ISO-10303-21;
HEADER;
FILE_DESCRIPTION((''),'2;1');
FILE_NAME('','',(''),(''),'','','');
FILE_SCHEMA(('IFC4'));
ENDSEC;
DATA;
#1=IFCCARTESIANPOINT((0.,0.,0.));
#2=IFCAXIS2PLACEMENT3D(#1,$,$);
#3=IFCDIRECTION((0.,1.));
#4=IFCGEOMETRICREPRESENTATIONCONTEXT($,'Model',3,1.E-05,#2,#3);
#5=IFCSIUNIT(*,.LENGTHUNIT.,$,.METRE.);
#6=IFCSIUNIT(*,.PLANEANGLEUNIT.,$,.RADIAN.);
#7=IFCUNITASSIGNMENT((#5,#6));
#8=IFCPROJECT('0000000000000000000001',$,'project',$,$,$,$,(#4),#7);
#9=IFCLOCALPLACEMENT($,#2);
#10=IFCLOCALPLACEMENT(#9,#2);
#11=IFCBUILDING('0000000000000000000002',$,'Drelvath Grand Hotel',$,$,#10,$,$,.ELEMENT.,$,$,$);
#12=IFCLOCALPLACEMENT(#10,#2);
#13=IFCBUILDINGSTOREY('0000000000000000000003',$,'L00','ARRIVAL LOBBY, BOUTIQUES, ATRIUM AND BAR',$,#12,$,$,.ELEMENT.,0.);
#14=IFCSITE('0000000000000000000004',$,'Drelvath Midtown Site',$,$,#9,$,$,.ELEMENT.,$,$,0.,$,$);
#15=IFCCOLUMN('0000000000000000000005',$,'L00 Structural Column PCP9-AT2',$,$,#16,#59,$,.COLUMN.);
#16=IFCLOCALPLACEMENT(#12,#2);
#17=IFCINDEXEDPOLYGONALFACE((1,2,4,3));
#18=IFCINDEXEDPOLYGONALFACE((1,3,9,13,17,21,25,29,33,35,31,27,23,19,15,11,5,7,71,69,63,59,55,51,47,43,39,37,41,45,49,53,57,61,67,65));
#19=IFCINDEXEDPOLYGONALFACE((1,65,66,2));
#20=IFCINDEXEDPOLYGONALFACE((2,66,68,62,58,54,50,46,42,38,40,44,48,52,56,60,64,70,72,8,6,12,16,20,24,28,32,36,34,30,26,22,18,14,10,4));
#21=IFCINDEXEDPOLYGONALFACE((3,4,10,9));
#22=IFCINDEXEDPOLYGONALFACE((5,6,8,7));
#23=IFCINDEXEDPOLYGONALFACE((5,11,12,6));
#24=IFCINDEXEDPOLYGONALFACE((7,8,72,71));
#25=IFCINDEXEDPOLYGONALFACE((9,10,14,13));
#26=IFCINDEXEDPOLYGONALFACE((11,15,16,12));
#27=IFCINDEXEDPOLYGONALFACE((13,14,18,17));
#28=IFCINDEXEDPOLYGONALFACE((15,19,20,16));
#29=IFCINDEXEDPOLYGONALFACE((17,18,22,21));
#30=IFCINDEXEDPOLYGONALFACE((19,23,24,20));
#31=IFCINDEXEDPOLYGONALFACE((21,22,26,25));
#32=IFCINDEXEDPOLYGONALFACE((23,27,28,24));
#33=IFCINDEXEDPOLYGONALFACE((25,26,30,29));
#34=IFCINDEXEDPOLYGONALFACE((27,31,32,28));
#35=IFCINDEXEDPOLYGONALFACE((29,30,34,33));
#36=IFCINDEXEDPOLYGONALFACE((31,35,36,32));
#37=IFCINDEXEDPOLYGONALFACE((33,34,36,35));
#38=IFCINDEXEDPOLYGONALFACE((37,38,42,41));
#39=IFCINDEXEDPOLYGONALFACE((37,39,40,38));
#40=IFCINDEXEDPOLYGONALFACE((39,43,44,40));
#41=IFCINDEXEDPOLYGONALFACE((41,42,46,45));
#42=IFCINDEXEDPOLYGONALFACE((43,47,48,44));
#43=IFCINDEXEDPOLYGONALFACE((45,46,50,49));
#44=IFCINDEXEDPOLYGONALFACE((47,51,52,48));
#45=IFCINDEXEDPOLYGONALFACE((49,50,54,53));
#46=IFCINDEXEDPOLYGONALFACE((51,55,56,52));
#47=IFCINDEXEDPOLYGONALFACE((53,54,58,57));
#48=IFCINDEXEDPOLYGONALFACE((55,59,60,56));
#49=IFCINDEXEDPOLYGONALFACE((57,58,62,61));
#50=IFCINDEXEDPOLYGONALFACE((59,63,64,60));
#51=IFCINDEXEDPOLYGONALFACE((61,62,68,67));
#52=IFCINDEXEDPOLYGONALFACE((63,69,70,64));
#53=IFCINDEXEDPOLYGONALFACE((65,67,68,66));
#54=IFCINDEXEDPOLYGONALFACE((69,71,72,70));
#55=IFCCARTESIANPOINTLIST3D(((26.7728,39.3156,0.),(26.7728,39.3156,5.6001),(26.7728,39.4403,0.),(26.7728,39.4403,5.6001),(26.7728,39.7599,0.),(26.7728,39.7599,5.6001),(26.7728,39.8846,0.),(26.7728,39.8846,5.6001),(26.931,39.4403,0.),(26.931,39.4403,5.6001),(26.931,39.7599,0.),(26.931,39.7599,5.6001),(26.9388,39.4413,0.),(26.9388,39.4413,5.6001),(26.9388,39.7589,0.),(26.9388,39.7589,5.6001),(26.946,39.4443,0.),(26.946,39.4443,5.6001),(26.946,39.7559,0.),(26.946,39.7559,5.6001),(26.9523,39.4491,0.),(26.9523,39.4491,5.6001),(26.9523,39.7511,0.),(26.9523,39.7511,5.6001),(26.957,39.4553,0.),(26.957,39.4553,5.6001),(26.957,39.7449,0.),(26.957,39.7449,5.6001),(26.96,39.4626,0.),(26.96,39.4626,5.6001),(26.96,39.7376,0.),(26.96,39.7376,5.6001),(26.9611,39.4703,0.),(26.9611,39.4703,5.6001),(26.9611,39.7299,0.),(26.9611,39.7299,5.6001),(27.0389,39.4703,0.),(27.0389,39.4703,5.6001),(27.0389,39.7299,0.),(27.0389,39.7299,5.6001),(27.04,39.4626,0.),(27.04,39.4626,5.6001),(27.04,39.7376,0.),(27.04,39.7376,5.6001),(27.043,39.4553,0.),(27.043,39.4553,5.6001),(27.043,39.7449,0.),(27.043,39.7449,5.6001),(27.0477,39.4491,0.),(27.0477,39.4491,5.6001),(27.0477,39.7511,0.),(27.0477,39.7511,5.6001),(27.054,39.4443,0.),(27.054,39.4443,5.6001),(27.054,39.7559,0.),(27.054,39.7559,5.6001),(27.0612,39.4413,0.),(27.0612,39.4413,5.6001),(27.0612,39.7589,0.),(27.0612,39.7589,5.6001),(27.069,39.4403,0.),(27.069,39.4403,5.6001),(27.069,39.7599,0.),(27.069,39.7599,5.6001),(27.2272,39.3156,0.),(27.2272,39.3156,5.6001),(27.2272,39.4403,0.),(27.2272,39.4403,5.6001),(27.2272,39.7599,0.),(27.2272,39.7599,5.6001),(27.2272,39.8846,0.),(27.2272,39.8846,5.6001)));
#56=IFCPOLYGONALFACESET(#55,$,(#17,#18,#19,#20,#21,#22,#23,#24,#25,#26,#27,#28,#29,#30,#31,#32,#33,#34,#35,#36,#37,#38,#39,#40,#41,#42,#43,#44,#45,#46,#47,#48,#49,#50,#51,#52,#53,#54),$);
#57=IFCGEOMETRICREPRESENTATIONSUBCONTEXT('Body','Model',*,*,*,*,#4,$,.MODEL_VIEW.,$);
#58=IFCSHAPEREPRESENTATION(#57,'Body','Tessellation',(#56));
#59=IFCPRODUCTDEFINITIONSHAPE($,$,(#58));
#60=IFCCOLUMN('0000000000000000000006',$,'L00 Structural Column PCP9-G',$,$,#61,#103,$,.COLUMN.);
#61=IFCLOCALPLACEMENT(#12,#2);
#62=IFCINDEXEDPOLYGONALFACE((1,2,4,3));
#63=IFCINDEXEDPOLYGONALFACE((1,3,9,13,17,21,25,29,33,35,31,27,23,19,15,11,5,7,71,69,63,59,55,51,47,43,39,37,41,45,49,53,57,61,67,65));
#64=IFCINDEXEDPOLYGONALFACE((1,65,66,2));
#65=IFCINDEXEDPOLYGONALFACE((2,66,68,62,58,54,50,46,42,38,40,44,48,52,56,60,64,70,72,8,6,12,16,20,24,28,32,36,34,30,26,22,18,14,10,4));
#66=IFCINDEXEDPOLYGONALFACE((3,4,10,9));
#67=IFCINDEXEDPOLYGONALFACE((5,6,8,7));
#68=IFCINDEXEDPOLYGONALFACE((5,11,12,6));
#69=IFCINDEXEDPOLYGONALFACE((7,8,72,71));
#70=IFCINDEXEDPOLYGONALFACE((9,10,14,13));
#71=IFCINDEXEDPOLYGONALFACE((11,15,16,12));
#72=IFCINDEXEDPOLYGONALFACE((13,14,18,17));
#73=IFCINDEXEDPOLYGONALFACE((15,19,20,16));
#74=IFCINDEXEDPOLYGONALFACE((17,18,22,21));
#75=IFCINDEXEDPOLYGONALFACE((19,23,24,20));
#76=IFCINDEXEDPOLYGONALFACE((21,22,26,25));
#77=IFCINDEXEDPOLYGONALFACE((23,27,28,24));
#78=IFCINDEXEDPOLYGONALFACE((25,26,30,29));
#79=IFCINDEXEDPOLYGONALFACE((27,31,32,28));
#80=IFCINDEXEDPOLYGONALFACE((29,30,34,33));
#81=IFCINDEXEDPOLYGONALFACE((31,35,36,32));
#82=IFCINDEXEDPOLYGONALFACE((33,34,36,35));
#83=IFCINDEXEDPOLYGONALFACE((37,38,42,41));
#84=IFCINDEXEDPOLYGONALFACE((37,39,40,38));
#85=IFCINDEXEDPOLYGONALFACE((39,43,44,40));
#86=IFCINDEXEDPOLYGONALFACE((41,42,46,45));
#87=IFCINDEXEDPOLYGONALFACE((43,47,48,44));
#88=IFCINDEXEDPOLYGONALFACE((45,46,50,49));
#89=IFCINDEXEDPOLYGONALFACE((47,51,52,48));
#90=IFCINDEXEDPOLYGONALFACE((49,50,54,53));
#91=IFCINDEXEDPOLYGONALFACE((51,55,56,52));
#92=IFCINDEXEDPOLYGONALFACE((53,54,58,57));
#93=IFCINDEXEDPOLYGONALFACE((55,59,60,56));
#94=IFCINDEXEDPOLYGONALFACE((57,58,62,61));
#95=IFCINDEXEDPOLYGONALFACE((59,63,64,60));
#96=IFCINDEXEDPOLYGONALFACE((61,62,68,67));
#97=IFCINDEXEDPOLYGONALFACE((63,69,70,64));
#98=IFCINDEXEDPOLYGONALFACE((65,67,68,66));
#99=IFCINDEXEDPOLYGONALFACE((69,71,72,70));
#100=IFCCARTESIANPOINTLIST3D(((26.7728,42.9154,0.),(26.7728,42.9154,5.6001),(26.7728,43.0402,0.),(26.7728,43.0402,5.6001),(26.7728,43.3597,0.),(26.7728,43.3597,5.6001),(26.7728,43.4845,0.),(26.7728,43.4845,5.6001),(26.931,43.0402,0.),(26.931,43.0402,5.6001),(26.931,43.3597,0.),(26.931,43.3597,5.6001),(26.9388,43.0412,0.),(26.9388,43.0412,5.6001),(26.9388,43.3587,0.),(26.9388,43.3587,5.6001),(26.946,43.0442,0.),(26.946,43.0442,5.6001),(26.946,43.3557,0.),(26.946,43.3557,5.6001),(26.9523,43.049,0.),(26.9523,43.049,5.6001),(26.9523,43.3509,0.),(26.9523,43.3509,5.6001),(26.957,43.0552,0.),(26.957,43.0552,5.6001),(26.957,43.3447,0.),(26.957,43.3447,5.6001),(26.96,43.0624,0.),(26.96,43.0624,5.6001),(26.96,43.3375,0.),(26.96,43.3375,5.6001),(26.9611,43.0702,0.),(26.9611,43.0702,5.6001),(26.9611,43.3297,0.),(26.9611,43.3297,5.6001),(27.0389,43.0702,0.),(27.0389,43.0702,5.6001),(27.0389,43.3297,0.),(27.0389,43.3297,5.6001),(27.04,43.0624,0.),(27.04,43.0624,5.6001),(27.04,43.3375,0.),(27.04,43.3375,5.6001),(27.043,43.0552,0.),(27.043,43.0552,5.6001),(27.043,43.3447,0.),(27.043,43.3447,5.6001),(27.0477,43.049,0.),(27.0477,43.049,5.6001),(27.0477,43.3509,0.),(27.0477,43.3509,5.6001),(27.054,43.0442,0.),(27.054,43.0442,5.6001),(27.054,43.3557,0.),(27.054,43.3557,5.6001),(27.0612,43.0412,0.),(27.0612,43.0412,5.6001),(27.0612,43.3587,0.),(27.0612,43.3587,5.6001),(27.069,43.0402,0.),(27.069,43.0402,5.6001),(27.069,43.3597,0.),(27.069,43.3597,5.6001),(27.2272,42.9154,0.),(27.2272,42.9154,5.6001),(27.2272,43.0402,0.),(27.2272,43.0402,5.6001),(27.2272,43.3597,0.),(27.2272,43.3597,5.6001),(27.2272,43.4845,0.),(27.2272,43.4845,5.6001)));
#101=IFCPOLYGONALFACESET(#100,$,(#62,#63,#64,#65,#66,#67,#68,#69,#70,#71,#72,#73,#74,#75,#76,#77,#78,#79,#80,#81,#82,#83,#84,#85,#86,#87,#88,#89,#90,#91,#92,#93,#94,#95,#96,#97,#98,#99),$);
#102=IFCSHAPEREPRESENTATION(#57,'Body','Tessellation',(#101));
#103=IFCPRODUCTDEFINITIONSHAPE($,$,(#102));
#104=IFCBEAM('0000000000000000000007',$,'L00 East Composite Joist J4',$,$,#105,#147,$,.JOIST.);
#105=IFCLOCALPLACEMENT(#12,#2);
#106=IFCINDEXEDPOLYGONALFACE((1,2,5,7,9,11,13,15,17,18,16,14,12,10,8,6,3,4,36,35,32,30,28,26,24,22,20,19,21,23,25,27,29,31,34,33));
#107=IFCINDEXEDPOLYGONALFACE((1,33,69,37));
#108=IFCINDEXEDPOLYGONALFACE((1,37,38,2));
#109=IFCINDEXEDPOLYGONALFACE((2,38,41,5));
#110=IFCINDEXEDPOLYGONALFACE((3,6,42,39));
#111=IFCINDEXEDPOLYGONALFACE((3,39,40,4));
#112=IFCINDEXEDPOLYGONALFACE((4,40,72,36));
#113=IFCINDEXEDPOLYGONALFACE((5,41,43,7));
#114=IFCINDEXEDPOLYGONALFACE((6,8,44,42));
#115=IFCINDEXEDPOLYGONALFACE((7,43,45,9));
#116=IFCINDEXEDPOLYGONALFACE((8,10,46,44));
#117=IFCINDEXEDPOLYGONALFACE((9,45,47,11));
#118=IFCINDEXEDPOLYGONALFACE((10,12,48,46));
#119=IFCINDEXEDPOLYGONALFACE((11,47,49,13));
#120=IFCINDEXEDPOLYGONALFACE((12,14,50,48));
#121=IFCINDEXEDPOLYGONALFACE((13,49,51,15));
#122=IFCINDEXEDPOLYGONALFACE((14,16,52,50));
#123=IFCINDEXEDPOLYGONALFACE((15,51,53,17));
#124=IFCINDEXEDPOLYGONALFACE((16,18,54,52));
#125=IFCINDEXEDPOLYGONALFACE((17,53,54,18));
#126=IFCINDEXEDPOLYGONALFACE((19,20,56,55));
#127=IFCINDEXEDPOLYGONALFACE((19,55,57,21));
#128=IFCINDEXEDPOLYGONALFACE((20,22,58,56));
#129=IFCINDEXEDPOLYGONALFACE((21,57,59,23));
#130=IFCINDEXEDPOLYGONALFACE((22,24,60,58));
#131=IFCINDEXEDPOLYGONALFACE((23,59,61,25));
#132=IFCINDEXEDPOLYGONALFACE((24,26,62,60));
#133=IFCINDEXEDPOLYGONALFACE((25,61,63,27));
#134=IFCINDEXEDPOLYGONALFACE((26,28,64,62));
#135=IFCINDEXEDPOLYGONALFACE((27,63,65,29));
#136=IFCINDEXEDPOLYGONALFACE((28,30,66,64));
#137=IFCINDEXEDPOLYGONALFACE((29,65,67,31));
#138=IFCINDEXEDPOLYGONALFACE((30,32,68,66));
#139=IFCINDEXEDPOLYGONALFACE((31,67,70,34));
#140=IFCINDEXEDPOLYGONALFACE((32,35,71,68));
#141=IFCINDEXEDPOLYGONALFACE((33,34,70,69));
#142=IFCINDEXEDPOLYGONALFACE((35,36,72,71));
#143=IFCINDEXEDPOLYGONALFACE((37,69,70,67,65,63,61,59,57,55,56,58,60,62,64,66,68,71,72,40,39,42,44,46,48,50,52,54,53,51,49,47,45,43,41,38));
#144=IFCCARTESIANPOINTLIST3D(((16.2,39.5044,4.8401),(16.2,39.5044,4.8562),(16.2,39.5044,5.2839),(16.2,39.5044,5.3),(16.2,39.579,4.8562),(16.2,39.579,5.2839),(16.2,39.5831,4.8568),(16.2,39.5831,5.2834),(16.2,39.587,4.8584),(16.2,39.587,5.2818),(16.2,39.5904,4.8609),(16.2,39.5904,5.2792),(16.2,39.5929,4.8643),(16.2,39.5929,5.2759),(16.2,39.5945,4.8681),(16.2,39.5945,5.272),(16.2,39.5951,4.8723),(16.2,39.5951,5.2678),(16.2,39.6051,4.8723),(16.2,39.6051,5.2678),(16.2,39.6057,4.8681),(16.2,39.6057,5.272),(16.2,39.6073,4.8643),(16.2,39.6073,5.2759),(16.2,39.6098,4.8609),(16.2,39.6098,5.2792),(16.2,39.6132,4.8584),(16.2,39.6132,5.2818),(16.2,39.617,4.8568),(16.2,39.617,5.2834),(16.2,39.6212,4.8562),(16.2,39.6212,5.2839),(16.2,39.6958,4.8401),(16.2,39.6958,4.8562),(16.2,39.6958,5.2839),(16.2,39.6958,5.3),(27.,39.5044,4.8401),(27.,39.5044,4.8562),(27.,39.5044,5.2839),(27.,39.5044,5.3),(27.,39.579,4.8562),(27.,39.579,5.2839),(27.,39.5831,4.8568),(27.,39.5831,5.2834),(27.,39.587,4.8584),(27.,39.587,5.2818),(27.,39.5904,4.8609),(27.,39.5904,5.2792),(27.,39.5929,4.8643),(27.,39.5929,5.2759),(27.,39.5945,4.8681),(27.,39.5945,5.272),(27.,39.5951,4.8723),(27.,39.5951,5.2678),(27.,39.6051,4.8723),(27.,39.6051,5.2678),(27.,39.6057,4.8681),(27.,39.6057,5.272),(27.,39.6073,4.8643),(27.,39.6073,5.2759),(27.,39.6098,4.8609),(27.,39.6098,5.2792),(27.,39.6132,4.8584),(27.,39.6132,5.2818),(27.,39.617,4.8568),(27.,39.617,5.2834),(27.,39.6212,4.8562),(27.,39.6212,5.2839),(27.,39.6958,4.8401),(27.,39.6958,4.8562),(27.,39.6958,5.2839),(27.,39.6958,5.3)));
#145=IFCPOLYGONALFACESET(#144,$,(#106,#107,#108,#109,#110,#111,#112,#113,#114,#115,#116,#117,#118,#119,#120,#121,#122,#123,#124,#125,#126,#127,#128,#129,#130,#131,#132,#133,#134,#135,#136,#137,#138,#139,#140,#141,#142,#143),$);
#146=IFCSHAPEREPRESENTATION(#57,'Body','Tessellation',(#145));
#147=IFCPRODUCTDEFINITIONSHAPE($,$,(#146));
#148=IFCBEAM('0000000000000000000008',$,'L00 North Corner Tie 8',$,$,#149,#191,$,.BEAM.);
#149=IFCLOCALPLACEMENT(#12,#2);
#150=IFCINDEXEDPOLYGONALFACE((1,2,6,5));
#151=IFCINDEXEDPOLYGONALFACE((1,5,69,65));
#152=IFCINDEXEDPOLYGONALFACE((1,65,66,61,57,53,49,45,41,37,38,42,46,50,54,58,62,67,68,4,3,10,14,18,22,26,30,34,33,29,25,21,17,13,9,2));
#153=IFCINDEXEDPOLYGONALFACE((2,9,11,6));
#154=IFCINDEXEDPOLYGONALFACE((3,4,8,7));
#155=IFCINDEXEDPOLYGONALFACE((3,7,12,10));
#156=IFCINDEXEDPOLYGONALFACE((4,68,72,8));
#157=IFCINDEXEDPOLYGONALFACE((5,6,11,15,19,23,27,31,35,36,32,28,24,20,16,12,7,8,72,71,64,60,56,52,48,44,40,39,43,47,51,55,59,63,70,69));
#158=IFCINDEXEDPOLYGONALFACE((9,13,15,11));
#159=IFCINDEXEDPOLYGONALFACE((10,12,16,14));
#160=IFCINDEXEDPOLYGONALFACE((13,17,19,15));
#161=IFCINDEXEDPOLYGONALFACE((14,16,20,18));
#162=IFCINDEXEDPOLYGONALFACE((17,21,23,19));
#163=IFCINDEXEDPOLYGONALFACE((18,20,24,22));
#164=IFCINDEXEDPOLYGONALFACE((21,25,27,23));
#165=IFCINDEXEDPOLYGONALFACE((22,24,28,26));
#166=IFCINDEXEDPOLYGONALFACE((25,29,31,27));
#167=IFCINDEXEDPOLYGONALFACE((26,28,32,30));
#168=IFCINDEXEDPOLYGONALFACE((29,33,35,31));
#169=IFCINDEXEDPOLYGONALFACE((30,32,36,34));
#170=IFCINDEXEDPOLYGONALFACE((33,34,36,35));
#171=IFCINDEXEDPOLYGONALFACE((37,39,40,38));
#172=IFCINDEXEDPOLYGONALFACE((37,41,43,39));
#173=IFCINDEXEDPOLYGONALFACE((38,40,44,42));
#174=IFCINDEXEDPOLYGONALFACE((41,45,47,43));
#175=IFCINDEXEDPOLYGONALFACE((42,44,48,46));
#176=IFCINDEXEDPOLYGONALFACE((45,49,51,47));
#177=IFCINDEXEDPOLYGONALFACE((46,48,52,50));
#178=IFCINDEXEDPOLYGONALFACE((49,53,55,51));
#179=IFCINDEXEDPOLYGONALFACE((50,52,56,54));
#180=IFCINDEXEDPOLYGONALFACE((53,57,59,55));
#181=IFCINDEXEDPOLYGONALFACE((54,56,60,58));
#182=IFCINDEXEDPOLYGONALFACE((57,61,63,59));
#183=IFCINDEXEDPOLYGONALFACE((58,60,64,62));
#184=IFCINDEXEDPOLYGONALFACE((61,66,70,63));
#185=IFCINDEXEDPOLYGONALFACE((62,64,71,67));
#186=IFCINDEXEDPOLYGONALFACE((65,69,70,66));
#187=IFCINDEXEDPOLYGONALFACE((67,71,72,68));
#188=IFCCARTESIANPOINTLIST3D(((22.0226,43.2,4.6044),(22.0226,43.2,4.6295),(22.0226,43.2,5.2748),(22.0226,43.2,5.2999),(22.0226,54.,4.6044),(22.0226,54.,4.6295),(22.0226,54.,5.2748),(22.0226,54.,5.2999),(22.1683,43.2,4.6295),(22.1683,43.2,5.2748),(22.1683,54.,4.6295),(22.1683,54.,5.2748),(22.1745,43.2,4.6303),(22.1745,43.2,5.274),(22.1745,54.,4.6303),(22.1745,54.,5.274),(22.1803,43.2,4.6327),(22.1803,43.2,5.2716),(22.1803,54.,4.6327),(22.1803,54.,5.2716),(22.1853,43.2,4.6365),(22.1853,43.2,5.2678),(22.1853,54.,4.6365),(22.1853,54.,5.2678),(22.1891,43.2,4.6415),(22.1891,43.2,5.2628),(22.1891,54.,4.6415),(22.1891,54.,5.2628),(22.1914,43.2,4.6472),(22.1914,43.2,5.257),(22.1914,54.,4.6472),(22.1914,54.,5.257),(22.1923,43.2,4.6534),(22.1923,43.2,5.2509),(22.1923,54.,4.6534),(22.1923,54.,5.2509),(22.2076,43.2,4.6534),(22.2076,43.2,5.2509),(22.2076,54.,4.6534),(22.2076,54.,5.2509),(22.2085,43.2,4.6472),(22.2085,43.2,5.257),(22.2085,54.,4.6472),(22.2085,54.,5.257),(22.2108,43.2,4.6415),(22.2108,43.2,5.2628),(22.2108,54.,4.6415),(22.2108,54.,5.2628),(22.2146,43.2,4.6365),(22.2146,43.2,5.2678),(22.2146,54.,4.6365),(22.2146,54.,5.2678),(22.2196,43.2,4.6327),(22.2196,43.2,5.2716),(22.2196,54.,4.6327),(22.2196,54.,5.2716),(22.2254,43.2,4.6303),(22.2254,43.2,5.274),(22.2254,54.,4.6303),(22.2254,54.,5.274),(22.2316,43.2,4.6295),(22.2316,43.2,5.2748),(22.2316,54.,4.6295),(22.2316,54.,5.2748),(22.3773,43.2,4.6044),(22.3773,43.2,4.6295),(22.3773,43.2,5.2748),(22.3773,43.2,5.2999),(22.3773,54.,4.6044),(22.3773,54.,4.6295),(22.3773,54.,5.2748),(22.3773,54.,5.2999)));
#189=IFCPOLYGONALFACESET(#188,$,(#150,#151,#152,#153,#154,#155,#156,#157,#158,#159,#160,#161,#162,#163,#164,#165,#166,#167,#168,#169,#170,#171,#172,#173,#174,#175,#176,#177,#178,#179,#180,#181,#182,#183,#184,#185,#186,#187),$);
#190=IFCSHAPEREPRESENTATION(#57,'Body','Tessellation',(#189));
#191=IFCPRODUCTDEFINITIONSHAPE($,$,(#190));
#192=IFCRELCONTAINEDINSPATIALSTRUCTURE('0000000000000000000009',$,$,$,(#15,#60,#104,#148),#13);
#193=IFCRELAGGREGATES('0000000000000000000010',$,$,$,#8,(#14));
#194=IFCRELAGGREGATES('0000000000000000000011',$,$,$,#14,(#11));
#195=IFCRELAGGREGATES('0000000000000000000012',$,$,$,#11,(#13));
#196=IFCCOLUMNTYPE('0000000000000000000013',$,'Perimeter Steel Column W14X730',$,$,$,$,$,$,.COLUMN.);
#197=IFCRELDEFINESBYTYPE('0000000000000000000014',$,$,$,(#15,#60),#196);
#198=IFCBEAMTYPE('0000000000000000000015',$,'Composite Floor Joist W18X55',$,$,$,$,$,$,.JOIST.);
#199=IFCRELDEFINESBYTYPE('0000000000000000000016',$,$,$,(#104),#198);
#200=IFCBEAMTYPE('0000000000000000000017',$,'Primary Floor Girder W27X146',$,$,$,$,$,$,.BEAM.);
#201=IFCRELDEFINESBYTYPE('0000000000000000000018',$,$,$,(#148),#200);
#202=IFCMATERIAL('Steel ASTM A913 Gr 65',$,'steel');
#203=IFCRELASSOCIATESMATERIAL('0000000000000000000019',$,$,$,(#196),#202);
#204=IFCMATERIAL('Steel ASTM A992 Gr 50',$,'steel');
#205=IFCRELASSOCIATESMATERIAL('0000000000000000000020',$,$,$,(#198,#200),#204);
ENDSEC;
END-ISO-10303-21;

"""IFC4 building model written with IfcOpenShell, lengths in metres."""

from ifc_helpers import new_model, si_unit, direction, frame, origin, origin_2d, place, context, subcontext, project, spatial, i_section, extrude, material, material_profile, profile_set, type_object, element, save


model = new_model("IFC4")

# Units and contexts
model_context = context("Model", 3, precision=1e-05, world=origin(), true_north=direction((0.0, 1.0)))
body_context = subcontext(model_context, "Body", "Model", "MODEL_VIEW")
ifc_project = project(units=[si_unit("LENGTHUNIT", "METRE"), si_unit("PLANEANGLEUNIT", "RADIAN")], contexts=[model_context])

# Site, building, storey
site_placement = place(None, origin())
site = spatial("IfcSite", under=ifc_project, at=site_placement, Name="Drelvath Midtown Site", CompositionType="ELEMENT", RefElevation=0.0)
building_placement = place(site_placement, origin())
building = spatial("IfcBuilding", under=site, at=building_placement, Name="Drelvath Grand Hotel", CompositionType="ELEMENT")
storey_placement = place(building_placement, origin())
storey = spatial("IfcBuildingStorey", under=building, at=storey_placement, Name="L00", Description="ARRIVAL LOBBY, BOUTIQUES, ATRIUM AND BAR", CompositionType="ELEMENT", Elevation=0.0)

# Columns
ifc_material_1 = material(Name="Steel ASTM A913 Gr 65", Category="steel")
ifc_material_profile_1 = material_profile(ifc_material_1, i_section(OverallWidth=0.4543, OverallDepth=0.5691, WebThickness=0.0779, FlangeThickness=0.1248, FilletRadius=0.03, at=origin_2d()), Name="W14X730")
ifc_profile_set_1 = profile_set([ifc_material_profile_1], Name="Steel ASTM A913 Gr 65")
column_type_1 = type_object("IfcColumnType", Name="Perimeter Steel Column W14X730", PredefinedType="COLUMN", material=ifc_profile_set_1)
for number, where, z_axis, x_axis, name in (
    (1, (27.0, 39.6001, 0.0), (0.0, 0.0, 1.0), (1.0, 0.0, 0.0), "L00 Structural Column PCP9-AT2"),
    (2, (27.0, 43.2, 0.0), (0.0, 0.0, 1.0), (1.0, 0.0, 0.0), "L00 Structural Column PCP9-G"),
):
    element("IfcColumn", number, at=place(storey_placement, frame(where, z_axis=z_axis, x_axis=x_axis)), inside=storey, type_object=column_type_1, Name=name, PredefinedType="COLUMN", context=body_context, shape_type="SweptSolid", body=[
        extrude(i_section(OverallWidth=0.4543, OverallDepth=0.5691, WebThickness=0.0779, FlangeThickness=0.1248, FilletRadius=0.03, at=origin_2d()), origin(), (0.0, 0.0, 1.0), 5.6001),
    ])

# Beams
ifc_material_2 = material(Name="Steel ASTM A992 Gr 50", Category="steel")
ifc_material_profile_2 = material_profile(ifc_material_2, i_section(OverallWidth=0.1914, OverallDepth=0.46, WebThickness=0.01, FlangeThickness=0.0161, FilletRadius=0.0161, at=origin_2d()), Name="W18X55")
ifc_profile_set_2 = profile_set([ifc_material_profile_2], Name="Steel ASTM A992 Gr 50")
beam_type_1 = type_object("IfcBeamType", Name="Composite Floor Joist W18X55", PredefinedType="JOIST", material=ifc_profile_set_2)
beam_1_placement = place(storey_placement, frame((16.2, 39.6001, 5.0701), z_axis=(1.0, 0.0, 0.0), x_axis=(0.0, 1.0, 0.0)))
element("IfcBeam", 3, at=beam_1_placement, inside=storey, type_object=beam_type_1, Name="L00 East Composite Joist J4", PredefinedType="JOIST", context=body_context, shape_type="SweptSolid", body=[
    extrude(i_section(OverallWidth=0.1914, OverallDepth=0.46, WebThickness=0.01, FlangeThickness=0.0161, FilletRadius=0.0161, at=origin_2d()), origin(), (0.0, 0.0, 1.0), 10.8),
])
ifc_material_profile_3 = material_profile(ifc_material_2, i_section(OverallWidth=0.3547, OverallDepth=0.6956, WebThickness=0.0154, FlangeThickness=0.0251, FilletRadius=0.0239, at=origin_2d()), Name="W27X146")
ifc_profile_set_3 = profile_set([ifc_material_profile_3], Name="Steel ASTM A992 Gr 50")
beam_type_2 = type_object("IfcBeamType", Name="Primary Floor Girder W27X146", PredefinedType="BEAM", material=ifc_profile_set_3)
beam_2_placement = place(storey_placement, frame((22.2, 43.2, 4.9521), z_axis=(0.0, 1.0, 0.0), x_axis=(-1.0, 0.0, 0.0)))
element("IfcBeam", 4, at=beam_2_placement, inside=storey, type_object=beam_type_2, Name="L00 North Corner Tie 8", PredefinedType="BEAM", context=body_context, shape_type="SweptSolid", body=[
    extrude(i_section(OverallWidth=0.3547, OverallDepth=0.6956, WebThickness=0.0154, FlangeThickness=0.0251, FilletRadius=0.0239, at=origin_2d()), origin(), (0.0, 0.0, 1.0), 10.8),
])

save(model, "model.ifc")
